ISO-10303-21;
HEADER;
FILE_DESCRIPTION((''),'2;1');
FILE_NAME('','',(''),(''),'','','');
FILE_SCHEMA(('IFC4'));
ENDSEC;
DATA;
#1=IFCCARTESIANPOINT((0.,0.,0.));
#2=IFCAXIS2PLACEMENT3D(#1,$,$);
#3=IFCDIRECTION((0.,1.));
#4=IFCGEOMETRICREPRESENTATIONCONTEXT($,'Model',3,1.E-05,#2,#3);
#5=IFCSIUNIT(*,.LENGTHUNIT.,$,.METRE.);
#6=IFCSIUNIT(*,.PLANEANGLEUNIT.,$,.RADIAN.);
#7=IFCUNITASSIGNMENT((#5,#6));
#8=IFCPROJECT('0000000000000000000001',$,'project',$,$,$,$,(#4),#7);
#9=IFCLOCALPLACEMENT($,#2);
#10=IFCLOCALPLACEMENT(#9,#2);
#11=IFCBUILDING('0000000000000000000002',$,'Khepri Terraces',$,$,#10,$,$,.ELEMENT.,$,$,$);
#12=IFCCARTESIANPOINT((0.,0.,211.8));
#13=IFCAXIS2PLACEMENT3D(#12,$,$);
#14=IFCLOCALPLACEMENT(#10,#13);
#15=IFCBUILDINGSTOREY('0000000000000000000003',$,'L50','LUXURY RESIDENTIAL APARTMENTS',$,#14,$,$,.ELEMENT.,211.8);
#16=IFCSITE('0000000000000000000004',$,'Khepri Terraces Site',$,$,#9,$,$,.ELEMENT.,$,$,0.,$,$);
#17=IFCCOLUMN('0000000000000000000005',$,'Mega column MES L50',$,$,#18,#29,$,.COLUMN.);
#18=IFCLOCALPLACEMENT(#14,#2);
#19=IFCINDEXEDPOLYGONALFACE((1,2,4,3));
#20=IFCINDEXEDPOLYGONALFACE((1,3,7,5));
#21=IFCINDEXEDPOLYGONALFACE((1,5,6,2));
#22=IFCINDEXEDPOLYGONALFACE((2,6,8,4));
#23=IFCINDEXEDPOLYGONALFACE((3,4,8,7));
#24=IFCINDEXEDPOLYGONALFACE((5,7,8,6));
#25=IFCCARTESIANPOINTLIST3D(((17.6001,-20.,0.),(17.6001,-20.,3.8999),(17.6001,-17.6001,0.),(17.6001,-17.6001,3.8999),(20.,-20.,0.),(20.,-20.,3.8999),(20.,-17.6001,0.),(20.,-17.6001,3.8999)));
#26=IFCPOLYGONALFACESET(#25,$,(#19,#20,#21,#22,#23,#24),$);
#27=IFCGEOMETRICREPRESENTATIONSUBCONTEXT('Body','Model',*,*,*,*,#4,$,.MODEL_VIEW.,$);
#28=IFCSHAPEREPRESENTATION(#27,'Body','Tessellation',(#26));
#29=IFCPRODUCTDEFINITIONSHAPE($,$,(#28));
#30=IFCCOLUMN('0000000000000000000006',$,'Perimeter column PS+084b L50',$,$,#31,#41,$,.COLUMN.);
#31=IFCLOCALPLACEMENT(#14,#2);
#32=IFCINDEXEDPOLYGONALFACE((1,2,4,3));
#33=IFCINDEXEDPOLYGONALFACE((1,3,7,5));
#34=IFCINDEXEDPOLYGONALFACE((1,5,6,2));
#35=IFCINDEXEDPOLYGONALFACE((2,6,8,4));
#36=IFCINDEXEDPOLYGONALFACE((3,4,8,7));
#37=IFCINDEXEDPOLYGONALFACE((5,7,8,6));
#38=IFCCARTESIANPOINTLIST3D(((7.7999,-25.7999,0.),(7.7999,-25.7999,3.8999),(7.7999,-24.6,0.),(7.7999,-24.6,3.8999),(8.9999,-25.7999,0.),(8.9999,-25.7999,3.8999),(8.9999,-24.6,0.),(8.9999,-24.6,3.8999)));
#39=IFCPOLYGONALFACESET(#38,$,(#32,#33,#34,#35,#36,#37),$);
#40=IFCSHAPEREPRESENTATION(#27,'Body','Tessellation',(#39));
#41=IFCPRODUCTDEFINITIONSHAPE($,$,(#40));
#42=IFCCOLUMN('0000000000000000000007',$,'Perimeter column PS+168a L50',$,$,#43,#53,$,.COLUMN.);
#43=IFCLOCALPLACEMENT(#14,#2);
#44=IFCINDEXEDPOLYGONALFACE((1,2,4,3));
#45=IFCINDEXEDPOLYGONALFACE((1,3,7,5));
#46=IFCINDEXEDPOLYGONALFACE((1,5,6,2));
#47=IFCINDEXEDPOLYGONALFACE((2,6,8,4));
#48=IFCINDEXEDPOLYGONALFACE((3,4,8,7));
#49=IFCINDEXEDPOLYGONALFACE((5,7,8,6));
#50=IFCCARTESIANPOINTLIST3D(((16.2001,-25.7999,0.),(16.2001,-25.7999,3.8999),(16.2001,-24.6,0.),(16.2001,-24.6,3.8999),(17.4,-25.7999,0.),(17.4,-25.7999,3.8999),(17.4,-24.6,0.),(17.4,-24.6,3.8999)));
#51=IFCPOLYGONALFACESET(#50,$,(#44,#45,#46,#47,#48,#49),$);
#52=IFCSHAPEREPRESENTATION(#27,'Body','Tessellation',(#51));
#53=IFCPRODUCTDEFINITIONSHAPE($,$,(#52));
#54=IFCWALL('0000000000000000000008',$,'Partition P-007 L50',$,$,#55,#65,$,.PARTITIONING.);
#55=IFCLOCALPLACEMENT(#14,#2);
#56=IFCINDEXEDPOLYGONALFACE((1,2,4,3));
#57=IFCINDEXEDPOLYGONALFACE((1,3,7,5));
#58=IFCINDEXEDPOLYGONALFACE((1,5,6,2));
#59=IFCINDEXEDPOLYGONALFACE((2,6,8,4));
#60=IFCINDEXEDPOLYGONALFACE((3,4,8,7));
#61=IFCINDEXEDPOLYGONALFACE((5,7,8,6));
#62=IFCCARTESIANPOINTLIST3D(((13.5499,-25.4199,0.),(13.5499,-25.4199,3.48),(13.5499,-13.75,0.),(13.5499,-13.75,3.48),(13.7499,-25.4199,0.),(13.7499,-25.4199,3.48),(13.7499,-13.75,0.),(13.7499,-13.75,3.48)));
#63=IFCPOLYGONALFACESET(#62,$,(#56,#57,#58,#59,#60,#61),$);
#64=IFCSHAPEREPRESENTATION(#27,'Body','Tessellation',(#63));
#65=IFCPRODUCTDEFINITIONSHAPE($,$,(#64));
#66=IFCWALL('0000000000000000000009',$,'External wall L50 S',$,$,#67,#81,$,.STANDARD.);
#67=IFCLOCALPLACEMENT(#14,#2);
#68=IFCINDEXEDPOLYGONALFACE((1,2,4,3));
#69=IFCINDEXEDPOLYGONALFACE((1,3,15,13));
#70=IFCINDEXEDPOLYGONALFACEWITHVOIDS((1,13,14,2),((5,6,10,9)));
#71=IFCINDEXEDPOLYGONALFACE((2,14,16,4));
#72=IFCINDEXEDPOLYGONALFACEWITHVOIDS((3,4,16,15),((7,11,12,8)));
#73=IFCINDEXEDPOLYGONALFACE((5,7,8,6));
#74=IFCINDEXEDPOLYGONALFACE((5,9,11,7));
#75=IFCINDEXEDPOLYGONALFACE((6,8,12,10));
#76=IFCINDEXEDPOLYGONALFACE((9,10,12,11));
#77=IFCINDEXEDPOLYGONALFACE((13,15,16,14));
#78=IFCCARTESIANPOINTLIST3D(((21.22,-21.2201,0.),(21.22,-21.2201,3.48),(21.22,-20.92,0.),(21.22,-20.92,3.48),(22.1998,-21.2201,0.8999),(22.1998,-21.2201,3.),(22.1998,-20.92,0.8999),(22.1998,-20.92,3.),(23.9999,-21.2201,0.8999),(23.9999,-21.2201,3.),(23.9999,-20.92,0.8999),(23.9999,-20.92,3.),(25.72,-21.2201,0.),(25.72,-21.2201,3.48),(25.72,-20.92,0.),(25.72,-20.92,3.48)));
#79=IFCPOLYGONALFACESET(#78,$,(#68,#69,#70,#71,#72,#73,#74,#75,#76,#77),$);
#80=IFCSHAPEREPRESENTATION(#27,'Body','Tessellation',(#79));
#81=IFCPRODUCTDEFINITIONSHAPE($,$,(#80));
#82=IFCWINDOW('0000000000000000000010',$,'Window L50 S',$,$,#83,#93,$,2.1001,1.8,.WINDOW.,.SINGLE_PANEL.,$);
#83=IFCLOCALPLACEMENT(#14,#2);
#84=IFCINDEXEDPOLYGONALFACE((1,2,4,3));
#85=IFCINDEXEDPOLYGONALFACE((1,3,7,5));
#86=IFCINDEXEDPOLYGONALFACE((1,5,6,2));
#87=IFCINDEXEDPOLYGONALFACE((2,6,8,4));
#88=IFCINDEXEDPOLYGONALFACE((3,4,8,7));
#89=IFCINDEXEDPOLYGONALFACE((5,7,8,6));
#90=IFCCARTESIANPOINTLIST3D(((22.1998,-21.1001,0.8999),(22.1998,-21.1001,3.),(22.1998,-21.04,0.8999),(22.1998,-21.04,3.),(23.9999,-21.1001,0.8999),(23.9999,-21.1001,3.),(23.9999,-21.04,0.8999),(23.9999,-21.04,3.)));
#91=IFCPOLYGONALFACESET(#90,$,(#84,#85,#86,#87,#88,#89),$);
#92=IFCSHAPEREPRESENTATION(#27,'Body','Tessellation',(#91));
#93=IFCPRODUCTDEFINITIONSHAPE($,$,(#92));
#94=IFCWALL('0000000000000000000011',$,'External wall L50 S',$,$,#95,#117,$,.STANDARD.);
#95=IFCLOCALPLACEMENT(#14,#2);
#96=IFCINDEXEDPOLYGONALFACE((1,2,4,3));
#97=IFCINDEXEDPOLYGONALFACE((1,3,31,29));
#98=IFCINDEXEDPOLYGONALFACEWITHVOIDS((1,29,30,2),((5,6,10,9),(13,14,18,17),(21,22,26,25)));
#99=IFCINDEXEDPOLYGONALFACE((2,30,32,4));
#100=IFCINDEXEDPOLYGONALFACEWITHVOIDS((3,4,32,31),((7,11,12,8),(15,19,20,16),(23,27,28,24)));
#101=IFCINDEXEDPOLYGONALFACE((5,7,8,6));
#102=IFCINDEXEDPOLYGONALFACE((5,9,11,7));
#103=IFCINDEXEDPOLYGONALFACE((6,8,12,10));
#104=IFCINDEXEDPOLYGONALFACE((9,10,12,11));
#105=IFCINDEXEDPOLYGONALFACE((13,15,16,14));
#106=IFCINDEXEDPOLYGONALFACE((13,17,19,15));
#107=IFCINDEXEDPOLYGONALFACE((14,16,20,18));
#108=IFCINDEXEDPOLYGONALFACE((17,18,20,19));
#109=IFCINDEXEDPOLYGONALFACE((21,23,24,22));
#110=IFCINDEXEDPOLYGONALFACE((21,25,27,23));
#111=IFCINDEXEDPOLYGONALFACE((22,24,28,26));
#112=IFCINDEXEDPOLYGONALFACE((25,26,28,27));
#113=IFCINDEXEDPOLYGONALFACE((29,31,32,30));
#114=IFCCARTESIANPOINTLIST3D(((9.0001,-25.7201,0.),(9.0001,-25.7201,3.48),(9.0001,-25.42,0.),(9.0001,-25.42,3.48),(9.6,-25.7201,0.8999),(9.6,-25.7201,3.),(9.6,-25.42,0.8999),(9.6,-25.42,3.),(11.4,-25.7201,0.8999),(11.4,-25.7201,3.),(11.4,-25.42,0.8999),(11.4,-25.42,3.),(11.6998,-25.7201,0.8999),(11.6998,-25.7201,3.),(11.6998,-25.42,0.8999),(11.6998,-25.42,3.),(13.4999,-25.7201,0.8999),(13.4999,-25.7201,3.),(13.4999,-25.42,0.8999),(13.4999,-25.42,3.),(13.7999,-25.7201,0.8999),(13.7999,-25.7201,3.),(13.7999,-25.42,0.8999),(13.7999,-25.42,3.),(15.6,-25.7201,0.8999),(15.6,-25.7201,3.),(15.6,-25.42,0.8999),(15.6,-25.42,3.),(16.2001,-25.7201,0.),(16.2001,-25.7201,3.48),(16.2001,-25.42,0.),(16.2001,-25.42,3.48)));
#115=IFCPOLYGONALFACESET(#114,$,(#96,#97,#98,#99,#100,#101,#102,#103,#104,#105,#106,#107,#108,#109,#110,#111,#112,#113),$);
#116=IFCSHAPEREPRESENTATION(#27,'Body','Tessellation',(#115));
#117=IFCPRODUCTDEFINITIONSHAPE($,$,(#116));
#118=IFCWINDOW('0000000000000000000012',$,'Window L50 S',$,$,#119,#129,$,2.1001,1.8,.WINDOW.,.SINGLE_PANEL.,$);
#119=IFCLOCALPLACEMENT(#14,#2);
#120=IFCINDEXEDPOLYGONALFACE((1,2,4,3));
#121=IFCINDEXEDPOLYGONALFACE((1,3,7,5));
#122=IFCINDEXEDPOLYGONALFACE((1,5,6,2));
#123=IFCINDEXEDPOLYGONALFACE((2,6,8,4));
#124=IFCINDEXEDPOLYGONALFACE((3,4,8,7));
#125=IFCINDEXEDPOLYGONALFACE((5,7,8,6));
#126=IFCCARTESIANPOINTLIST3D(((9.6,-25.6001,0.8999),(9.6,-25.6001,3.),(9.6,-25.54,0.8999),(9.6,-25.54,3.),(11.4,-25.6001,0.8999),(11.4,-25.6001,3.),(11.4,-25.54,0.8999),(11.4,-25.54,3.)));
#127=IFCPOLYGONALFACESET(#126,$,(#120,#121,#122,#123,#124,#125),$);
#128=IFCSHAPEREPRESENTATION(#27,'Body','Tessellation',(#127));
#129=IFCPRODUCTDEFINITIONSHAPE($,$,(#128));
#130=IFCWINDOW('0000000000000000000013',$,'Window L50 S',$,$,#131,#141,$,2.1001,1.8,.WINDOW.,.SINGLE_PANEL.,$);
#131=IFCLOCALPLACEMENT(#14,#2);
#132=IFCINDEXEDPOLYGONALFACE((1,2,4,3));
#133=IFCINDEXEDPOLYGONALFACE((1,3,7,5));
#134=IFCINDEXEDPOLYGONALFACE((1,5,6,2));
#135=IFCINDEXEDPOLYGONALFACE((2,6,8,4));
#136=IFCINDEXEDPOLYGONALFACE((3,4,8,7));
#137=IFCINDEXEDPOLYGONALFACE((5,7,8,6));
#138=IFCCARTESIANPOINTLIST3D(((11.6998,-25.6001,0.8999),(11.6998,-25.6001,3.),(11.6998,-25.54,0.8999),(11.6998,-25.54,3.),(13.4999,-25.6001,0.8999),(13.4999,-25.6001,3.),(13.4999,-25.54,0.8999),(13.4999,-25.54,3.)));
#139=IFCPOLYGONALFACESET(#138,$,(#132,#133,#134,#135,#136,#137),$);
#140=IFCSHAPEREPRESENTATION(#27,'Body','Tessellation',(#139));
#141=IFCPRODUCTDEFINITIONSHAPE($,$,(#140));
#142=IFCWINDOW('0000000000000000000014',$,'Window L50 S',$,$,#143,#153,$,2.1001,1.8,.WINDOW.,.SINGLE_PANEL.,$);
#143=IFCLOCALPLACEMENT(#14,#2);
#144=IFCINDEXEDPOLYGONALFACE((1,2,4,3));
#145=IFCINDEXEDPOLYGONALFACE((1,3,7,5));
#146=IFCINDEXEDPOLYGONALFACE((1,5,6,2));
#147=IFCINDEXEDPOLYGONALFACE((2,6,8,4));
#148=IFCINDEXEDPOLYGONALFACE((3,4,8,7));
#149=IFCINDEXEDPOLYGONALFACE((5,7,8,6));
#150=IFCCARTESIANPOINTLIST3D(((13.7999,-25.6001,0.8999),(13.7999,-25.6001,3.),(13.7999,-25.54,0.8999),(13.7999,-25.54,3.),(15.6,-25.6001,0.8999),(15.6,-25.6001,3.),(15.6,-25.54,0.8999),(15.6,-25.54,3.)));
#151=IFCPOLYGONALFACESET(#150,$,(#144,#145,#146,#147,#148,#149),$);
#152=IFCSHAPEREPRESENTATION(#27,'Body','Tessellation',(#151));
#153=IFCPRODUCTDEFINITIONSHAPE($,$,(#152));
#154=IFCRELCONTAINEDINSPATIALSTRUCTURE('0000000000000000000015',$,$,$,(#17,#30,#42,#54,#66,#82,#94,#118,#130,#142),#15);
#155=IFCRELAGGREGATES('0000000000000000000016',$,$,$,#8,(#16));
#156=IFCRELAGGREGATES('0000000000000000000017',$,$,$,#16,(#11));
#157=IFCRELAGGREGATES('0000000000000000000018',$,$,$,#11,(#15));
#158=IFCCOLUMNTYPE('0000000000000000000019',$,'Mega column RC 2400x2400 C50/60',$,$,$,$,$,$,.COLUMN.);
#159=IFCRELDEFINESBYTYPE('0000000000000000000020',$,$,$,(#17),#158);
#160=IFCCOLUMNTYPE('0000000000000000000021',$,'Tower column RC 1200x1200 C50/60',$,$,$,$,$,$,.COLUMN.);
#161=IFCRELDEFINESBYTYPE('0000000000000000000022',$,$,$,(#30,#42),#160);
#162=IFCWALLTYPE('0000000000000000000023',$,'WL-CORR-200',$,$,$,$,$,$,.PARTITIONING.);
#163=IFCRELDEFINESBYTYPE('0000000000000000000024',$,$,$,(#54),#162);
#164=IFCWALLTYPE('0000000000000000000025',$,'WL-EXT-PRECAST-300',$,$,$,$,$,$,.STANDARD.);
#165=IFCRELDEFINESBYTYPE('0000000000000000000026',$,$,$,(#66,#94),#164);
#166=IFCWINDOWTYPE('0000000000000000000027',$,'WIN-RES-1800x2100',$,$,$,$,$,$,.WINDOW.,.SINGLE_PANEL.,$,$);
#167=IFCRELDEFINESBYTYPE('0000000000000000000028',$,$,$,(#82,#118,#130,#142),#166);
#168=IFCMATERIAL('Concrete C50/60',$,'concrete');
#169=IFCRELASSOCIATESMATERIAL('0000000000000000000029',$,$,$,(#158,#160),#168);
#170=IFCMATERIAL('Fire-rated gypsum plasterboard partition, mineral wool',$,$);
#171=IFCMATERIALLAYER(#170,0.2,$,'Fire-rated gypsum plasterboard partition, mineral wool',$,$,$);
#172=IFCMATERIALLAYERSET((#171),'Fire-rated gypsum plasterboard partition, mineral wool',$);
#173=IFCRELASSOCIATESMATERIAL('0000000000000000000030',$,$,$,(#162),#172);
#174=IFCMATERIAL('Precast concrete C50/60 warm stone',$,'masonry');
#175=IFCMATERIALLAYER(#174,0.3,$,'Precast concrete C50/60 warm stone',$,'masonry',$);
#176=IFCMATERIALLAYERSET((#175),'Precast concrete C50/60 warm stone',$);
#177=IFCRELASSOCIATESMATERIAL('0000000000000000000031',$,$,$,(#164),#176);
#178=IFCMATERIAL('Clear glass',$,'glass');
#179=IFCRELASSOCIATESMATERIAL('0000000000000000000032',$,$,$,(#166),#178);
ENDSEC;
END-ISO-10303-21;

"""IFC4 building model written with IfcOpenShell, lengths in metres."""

from ifc_helpers import new_model, si_unit, direction, frame, frame_2d, origin, origin_2d, place, context, subcontext, project, spatial, rectangle, extrude, material, layer, layer_set, material_profile, profile_set, type_object, element, fill, save


model = new_model("IFC4")

# Units and contexts
model_context = context("Model", 3, precision=1e-05, world=origin(), true_north=direction((0.0, 1.0)))
body_context = subcontext(model_context, "Body", "Model", "MODEL_VIEW")
ifc_project = project(units=[si_unit("LENGTHUNIT", "METRE"), si_unit("PLANEANGLEUNIT", "RADIAN")], contexts=[model_context])

# Site, building, storey
site_placement = place(None, origin())
site = spatial("IfcSite", under=ifc_project, at=site_placement, Name="Khepri Terraces Site", CompositionType="ELEMENT", RefElevation=0.0)
building_placement = place(site_placement, origin())
building = spatial("IfcBuilding", under=site, at=building_placement, Name="Khepri Terraces", CompositionType="ELEMENT")
storey_placement = place(building_placement, frame((0.0, 0.0, 211.8)))
storey = spatial("IfcBuildingStorey", under=building, at=storey_placement, Name="L50", Description="LUXURY RESIDENTIAL APARTMENTS", CompositionType="ELEMENT", Elevation=211.8)

# Columns
ifc_material_1 = material(Name="Concrete C50/60", Category="concrete")
ifc_material_profile_1 = material_profile(ifc_material_1, rectangle(XDim=2.3999, YDim=2.3999, at=origin_2d()), Name="Concrete C50/60", Category="concrete")
ifc_profile_set_1 = profile_set([ifc_material_profile_1], Name="Concrete C50/60")
column_type_1 = type_object("IfcColumnType", Name="Mega column RC 2400x2400 C50/60", PredefinedType="COLUMN", material=ifc_profile_set_1)
column_placement = place(storey_placement, frame((18.8, -18.8, 0.0), z_axis=(0.0, 0.0, 1.0), x_axis=(1.0, 0.0, 0.0)))
element("IfcColumn", 1, at=column_placement, inside=storey, type_object=column_type_1, Name="Mega column MES L50", PredefinedType="COLUMN", context=body_context, shape_type="SweptSolid", body=[
    extrude(rectangle(XDim=2.3999, YDim=2.3999, at=origin_2d()), origin(), (0.0, 0.0, 1.0), 3.8999),
])
ifc_material_profile_2 = material_profile(ifc_material_1, rectangle(XDim=1.2, YDim=1.2, at=origin_2d()), Name="Concrete C50/60", Category="concrete")
ifc_profile_set_2 = profile_set([ifc_material_profile_2], Name="Concrete C50/60")
column_type_2 = type_object("IfcColumnType", Name="Tower column RC 1200x1200 C50/60", PredefinedType="COLUMN", material=ifc_profile_set_2)
for number, where, z_axis, x_axis, name in (
    (2, (8.3999, -25.2, 0.0), (0.0, 0.0, 1.0), (1.0, 0.0, 0.0), "Perimeter column PS+084b L50"),
    (3, (16.8, -25.2, 0.0), (0.0, 0.0, 1.0), (1.0, 0.0, 0.0), "Perimeter column PS+168a L50"),
):
    element("IfcColumn", number, at=place(storey_placement, frame(where, z_axis=z_axis, x_axis=x_axis)), inside=storey, type_object=column_type_2, Name=name, PredefinedType="COLUMN", context=body_context, shape_type="SweptSolid", body=[
        extrude(rectangle(XDim=1.2, YDim=1.2, at=origin_2d()), origin(), (0.0, 0.0, 1.0), 3.8999),
    ])

# Wall
ifc_material_2 = material(Name="Fire-rated gypsum plasterboard partition, mineral wool")
ifc_layer_1 = layer(ifc_material_2, 0.2, Name="Fire-rated gypsum plasterboard partition, mineral wool")
ifc_layer_set_1 = layer_set([ifc_layer_1], Name="Fire-rated gypsum plasterboard partition, mineral wool")
wall_type_1 = type_object("IfcWallType", Name="WL-CORR-200", PredefinedType="PARTITIONING", material=ifc_layer_set_1)
wall_1_placement = place(storey_placement, frame((13.6499, -25.4199, 0.0), z_axis=(0.0, 0.0, 1.0), x_axis=(0.0, 1.0, 0.0)))
element("IfcWall", 4, at=wall_1_placement, inside=storey, type_object=wall_type_1, Name="Partition P-007 L50", PredefinedType="PARTITIONING", context=body_context, shape_type="SweptSolid", body=[
    extrude(rectangle(XDim=11.6699, YDim=0.2, at=frame_2d((5.835, 0.0))), origin(), (0.0, 0.0, 1.0), 3.48),
])

# Wall, opening, window
ifc_material_3 = material(Name="Precast concrete C50/60 warm stone", Category="masonry")
ifc_layer_2 = layer(ifc_material_3, 0.3, Name="Precast concrete C50/60 warm stone", Category="masonry")
ifc_layer_set_2 = layer_set([ifc_layer_2], Name="Precast concrete C50/60 warm stone")
wall_type_2 = type_object("IfcWallType", Name="WL-EXT-PRECAST-300", PredefinedType="STANDARD", material=ifc_layer_set_2)
wall_2_placement = place(storey_placement, frame((21.22, -21.0701, 0.0), z_axis=(0.0, 0.0, 1.0), x_axis=(1.0, 0.0, 0.0)))
wall_2 = element("IfcWall", 5, at=wall_2_placement, inside=storey, type_object=wall_type_2, Name="External wall L50 S", PredefinedType="STANDARD", context=body_context, shape_type="SweptSolid", body=[
    extrude(rectangle(XDim=4.5, YDim=0.3, at=frame_2d((2.25, 0.0))), origin(), (0.0, 0.0, 1.0), 3.48),
])
opening_1_placement = place(wall_2_placement, frame((0.98, 0.0, 0.8999)))
opening_1 = element("IfcOpeningElement", 6, at=opening_1_placement, cuts=wall_2, PredefinedType="OPENING", context=body_context, shape_type="SweptSolid", body=[
    extrude(rectangle(XDim=1.8, YDim=2.1001, at=frame_2d((0.8999, 1.05))), frame((0.0, 0.1602, 0.0), z_axis=(0.0, -1.0, 0.0), x_axis=(1.0, 0.0, 0.0)), (0.0, 0.0, 1.0), 0.3201),
])
ifc_material_4 = material(Name="Clear glass", Category="glass")
window_type = type_object("IfcWindowType", Name="WIN-RES-1800x2100", PartitioningType="SINGLE_PANEL", PredefinedType="WINDOW", material=ifc_material_4)
window_1_placement = place(opening_1_placement, origin())
window_1 = element("IfcWindow", 7, at=window_1_placement, inside=storey, type_object=window_type, Name="Window L50 S", OverallHeight=2.1001, OverallWidth=1.8, PartitioningType="SINGLE_PANEL", PredefinedType="WINDOW", context=body_context, shape_type="SweptSolid", body=[
    extrude(rectangle(XDim=1.8, YDim=2.1001, at=frame_2d((0.8999, 1.05))), frame((0.0, 0.03, 0.0), z_axis=(0.0, -1.0, 0.0), x_axis=(1.0, 0.0, 0.0)), (0.0, 0.0, 1.0), 0.0601),
])
fill(opening_1, window_1)

# Wall, openings, windows
wall_3_placement = place(storey_placement, frame((9.0, -25.5701, 0.0), z_axis=(0.0, 0.0, 1.0), x_axis=(1.0, 0.0, 0.0)))
wall_3 = element("IfcWall", 8, at=wall_3_placement, inside=storey, type_object=wall_type_2, Name="External wall L50 S", PredefinedType="STANDARD", context=body_context, shape_type="SweptSolid", body=[
    extrude(rectangle(XDim=7.2, YDim=0.3, at=frame_2d((3.6001, 0.0))), origin(), (0.0, 0.0, 1.0), 3.48),
])
opening_2_placement = place(wall_3_placement, frame((0.6001, 0.0, 0.8999)))
opening_2 = element("IfcOpeningElement", 9, at=opening_2_placement, cuts=wall_3, PredefinedType="OPENING", context=body_context, shape_type="SweptSolid", body=[
    extrude(rectangle(XDim=1.8, YDim=2.1001, at=frame_2d((0.8999, 1.05))), frame((0.0, 0.1602, 0.0), z_axis=(0.0, -1.0, 0.0), x_axis=(1.0, 0.0, 0.0)), (0.0, 0.0, 1.0), 0.3201),
])
opening_3_placement = place(wall_3_placement, frame((2.7, 0.0, 0.8999)))
opening_3 = element("IfcOpeningElement", 10, at=opening_3_placement, cuts=wall_3, PredefinedType="OPENING", context=body_context, shape_type="SweptSolid", body=[
    extrude(rectangle(XDim=1.8, YDim=2.1001, at=frame_2d((0.8999, 1.05))), frame((0.0, 0.1602, 0.0), z_axis=(0.0, -1.0, 0.0), x_axis=(1.0, 0.0, 0.0)), (0.0, 0.0, 1.0), 0.3201),
])
opening_4_placement = place(wall_3_placement, frame((4.8, 0.0, 0.8999)))
opening_4 = element("IfcOpeningElement", 11, at=opening_4_placement, cuts=wall_3, PredefinedType="OPENING", context=body_context, shape_type="SweptSolid", body=[
    extrude(rectangle(XDim=1.8, YDim=2.1001, at=frame_2d((0.8999, 1.05))), frame((0.0, 0.1602, 0.0), z_axis=(0.0, -1.0, 0.0), x_axis=(1.0, 0.0, 0.0)), (0.0, 0.0, 1.0), 0.3201),
])
window_2_placement = place(opening_2_placement, origin())
window_2 = element("IfcWindow", 12, at=window_2_placement, inside=storey, type_object=window_type, Name="Window L50 S", OverallHeight=2.1001, OverallWidth=1.8, PartitioningType="SINGLE_PANEL", PredefinedType="WINDOW", context=body_context, shape_type="SweptSolid", body=[
    extrude(rectangle(XDim=1.8, YDim=2.1001, at=frame_2d((0.8999, 1.05))), frame((0.0, 0.03, 0.0), z_axis=(0.0, -1.0, 0.0), x_axis=(1.0, 0.0, 0.0)), (0.0, 0.0, 1.0), 0.0601),
])
fill(opening_2, window_2)
window_3_placement = place(opening_3_placement, origin())
window_3 = element("IfcWindow", 13, at=window_3_placement, inside=storey, type_object=window_type, Name="Window L50 S", OverallHeight=2.1001, OverallWidth=1.8, PartitioningType="SINGLE_PANEL", PredefinedType="WINDOW", context=body_context, shape_type="SweptSolid", body=[
    extrude(rectangle(XDim=1.8, YDim=2.1001, at=frame_2d((0.8999, 1.05))), frame((0.0, 0.03, 0.0), z_axis=(0.0, -1.0, 0.0), x_axis=(1.0, 0.0, 0.0)), (0.0, 0.0, 1.0), 0.0601),
])
fill(opening_3, window_3)
window_4_placement = place(opening_4_placement, origin())
window_4 = element("IfcWindow", 14, at=window_4_placement, inside=storey, type_object=window_type, Name="Window L50 S", OverallHeight=2.1001, OverallWidth=1.8, PartitioningType="SINGLE_PANEL", PredefinedType="WINDOW", context=body_context, shape_type="SweptSolid", body=[
    extrude(rectangle(XDim=1.8, YDim=2.1001, at=frame_2d((0.8999, 1.05))), frame((0.0, 0.03, 0.0), z_axis=(0.0, -1.0, 0.0), x_axis=(1.0, 0.0, 0.0)), (0.0, 0.0, 1.0), 0.0601),
])
fill(opening_4, window_4)

save(model, "model.ifc")
